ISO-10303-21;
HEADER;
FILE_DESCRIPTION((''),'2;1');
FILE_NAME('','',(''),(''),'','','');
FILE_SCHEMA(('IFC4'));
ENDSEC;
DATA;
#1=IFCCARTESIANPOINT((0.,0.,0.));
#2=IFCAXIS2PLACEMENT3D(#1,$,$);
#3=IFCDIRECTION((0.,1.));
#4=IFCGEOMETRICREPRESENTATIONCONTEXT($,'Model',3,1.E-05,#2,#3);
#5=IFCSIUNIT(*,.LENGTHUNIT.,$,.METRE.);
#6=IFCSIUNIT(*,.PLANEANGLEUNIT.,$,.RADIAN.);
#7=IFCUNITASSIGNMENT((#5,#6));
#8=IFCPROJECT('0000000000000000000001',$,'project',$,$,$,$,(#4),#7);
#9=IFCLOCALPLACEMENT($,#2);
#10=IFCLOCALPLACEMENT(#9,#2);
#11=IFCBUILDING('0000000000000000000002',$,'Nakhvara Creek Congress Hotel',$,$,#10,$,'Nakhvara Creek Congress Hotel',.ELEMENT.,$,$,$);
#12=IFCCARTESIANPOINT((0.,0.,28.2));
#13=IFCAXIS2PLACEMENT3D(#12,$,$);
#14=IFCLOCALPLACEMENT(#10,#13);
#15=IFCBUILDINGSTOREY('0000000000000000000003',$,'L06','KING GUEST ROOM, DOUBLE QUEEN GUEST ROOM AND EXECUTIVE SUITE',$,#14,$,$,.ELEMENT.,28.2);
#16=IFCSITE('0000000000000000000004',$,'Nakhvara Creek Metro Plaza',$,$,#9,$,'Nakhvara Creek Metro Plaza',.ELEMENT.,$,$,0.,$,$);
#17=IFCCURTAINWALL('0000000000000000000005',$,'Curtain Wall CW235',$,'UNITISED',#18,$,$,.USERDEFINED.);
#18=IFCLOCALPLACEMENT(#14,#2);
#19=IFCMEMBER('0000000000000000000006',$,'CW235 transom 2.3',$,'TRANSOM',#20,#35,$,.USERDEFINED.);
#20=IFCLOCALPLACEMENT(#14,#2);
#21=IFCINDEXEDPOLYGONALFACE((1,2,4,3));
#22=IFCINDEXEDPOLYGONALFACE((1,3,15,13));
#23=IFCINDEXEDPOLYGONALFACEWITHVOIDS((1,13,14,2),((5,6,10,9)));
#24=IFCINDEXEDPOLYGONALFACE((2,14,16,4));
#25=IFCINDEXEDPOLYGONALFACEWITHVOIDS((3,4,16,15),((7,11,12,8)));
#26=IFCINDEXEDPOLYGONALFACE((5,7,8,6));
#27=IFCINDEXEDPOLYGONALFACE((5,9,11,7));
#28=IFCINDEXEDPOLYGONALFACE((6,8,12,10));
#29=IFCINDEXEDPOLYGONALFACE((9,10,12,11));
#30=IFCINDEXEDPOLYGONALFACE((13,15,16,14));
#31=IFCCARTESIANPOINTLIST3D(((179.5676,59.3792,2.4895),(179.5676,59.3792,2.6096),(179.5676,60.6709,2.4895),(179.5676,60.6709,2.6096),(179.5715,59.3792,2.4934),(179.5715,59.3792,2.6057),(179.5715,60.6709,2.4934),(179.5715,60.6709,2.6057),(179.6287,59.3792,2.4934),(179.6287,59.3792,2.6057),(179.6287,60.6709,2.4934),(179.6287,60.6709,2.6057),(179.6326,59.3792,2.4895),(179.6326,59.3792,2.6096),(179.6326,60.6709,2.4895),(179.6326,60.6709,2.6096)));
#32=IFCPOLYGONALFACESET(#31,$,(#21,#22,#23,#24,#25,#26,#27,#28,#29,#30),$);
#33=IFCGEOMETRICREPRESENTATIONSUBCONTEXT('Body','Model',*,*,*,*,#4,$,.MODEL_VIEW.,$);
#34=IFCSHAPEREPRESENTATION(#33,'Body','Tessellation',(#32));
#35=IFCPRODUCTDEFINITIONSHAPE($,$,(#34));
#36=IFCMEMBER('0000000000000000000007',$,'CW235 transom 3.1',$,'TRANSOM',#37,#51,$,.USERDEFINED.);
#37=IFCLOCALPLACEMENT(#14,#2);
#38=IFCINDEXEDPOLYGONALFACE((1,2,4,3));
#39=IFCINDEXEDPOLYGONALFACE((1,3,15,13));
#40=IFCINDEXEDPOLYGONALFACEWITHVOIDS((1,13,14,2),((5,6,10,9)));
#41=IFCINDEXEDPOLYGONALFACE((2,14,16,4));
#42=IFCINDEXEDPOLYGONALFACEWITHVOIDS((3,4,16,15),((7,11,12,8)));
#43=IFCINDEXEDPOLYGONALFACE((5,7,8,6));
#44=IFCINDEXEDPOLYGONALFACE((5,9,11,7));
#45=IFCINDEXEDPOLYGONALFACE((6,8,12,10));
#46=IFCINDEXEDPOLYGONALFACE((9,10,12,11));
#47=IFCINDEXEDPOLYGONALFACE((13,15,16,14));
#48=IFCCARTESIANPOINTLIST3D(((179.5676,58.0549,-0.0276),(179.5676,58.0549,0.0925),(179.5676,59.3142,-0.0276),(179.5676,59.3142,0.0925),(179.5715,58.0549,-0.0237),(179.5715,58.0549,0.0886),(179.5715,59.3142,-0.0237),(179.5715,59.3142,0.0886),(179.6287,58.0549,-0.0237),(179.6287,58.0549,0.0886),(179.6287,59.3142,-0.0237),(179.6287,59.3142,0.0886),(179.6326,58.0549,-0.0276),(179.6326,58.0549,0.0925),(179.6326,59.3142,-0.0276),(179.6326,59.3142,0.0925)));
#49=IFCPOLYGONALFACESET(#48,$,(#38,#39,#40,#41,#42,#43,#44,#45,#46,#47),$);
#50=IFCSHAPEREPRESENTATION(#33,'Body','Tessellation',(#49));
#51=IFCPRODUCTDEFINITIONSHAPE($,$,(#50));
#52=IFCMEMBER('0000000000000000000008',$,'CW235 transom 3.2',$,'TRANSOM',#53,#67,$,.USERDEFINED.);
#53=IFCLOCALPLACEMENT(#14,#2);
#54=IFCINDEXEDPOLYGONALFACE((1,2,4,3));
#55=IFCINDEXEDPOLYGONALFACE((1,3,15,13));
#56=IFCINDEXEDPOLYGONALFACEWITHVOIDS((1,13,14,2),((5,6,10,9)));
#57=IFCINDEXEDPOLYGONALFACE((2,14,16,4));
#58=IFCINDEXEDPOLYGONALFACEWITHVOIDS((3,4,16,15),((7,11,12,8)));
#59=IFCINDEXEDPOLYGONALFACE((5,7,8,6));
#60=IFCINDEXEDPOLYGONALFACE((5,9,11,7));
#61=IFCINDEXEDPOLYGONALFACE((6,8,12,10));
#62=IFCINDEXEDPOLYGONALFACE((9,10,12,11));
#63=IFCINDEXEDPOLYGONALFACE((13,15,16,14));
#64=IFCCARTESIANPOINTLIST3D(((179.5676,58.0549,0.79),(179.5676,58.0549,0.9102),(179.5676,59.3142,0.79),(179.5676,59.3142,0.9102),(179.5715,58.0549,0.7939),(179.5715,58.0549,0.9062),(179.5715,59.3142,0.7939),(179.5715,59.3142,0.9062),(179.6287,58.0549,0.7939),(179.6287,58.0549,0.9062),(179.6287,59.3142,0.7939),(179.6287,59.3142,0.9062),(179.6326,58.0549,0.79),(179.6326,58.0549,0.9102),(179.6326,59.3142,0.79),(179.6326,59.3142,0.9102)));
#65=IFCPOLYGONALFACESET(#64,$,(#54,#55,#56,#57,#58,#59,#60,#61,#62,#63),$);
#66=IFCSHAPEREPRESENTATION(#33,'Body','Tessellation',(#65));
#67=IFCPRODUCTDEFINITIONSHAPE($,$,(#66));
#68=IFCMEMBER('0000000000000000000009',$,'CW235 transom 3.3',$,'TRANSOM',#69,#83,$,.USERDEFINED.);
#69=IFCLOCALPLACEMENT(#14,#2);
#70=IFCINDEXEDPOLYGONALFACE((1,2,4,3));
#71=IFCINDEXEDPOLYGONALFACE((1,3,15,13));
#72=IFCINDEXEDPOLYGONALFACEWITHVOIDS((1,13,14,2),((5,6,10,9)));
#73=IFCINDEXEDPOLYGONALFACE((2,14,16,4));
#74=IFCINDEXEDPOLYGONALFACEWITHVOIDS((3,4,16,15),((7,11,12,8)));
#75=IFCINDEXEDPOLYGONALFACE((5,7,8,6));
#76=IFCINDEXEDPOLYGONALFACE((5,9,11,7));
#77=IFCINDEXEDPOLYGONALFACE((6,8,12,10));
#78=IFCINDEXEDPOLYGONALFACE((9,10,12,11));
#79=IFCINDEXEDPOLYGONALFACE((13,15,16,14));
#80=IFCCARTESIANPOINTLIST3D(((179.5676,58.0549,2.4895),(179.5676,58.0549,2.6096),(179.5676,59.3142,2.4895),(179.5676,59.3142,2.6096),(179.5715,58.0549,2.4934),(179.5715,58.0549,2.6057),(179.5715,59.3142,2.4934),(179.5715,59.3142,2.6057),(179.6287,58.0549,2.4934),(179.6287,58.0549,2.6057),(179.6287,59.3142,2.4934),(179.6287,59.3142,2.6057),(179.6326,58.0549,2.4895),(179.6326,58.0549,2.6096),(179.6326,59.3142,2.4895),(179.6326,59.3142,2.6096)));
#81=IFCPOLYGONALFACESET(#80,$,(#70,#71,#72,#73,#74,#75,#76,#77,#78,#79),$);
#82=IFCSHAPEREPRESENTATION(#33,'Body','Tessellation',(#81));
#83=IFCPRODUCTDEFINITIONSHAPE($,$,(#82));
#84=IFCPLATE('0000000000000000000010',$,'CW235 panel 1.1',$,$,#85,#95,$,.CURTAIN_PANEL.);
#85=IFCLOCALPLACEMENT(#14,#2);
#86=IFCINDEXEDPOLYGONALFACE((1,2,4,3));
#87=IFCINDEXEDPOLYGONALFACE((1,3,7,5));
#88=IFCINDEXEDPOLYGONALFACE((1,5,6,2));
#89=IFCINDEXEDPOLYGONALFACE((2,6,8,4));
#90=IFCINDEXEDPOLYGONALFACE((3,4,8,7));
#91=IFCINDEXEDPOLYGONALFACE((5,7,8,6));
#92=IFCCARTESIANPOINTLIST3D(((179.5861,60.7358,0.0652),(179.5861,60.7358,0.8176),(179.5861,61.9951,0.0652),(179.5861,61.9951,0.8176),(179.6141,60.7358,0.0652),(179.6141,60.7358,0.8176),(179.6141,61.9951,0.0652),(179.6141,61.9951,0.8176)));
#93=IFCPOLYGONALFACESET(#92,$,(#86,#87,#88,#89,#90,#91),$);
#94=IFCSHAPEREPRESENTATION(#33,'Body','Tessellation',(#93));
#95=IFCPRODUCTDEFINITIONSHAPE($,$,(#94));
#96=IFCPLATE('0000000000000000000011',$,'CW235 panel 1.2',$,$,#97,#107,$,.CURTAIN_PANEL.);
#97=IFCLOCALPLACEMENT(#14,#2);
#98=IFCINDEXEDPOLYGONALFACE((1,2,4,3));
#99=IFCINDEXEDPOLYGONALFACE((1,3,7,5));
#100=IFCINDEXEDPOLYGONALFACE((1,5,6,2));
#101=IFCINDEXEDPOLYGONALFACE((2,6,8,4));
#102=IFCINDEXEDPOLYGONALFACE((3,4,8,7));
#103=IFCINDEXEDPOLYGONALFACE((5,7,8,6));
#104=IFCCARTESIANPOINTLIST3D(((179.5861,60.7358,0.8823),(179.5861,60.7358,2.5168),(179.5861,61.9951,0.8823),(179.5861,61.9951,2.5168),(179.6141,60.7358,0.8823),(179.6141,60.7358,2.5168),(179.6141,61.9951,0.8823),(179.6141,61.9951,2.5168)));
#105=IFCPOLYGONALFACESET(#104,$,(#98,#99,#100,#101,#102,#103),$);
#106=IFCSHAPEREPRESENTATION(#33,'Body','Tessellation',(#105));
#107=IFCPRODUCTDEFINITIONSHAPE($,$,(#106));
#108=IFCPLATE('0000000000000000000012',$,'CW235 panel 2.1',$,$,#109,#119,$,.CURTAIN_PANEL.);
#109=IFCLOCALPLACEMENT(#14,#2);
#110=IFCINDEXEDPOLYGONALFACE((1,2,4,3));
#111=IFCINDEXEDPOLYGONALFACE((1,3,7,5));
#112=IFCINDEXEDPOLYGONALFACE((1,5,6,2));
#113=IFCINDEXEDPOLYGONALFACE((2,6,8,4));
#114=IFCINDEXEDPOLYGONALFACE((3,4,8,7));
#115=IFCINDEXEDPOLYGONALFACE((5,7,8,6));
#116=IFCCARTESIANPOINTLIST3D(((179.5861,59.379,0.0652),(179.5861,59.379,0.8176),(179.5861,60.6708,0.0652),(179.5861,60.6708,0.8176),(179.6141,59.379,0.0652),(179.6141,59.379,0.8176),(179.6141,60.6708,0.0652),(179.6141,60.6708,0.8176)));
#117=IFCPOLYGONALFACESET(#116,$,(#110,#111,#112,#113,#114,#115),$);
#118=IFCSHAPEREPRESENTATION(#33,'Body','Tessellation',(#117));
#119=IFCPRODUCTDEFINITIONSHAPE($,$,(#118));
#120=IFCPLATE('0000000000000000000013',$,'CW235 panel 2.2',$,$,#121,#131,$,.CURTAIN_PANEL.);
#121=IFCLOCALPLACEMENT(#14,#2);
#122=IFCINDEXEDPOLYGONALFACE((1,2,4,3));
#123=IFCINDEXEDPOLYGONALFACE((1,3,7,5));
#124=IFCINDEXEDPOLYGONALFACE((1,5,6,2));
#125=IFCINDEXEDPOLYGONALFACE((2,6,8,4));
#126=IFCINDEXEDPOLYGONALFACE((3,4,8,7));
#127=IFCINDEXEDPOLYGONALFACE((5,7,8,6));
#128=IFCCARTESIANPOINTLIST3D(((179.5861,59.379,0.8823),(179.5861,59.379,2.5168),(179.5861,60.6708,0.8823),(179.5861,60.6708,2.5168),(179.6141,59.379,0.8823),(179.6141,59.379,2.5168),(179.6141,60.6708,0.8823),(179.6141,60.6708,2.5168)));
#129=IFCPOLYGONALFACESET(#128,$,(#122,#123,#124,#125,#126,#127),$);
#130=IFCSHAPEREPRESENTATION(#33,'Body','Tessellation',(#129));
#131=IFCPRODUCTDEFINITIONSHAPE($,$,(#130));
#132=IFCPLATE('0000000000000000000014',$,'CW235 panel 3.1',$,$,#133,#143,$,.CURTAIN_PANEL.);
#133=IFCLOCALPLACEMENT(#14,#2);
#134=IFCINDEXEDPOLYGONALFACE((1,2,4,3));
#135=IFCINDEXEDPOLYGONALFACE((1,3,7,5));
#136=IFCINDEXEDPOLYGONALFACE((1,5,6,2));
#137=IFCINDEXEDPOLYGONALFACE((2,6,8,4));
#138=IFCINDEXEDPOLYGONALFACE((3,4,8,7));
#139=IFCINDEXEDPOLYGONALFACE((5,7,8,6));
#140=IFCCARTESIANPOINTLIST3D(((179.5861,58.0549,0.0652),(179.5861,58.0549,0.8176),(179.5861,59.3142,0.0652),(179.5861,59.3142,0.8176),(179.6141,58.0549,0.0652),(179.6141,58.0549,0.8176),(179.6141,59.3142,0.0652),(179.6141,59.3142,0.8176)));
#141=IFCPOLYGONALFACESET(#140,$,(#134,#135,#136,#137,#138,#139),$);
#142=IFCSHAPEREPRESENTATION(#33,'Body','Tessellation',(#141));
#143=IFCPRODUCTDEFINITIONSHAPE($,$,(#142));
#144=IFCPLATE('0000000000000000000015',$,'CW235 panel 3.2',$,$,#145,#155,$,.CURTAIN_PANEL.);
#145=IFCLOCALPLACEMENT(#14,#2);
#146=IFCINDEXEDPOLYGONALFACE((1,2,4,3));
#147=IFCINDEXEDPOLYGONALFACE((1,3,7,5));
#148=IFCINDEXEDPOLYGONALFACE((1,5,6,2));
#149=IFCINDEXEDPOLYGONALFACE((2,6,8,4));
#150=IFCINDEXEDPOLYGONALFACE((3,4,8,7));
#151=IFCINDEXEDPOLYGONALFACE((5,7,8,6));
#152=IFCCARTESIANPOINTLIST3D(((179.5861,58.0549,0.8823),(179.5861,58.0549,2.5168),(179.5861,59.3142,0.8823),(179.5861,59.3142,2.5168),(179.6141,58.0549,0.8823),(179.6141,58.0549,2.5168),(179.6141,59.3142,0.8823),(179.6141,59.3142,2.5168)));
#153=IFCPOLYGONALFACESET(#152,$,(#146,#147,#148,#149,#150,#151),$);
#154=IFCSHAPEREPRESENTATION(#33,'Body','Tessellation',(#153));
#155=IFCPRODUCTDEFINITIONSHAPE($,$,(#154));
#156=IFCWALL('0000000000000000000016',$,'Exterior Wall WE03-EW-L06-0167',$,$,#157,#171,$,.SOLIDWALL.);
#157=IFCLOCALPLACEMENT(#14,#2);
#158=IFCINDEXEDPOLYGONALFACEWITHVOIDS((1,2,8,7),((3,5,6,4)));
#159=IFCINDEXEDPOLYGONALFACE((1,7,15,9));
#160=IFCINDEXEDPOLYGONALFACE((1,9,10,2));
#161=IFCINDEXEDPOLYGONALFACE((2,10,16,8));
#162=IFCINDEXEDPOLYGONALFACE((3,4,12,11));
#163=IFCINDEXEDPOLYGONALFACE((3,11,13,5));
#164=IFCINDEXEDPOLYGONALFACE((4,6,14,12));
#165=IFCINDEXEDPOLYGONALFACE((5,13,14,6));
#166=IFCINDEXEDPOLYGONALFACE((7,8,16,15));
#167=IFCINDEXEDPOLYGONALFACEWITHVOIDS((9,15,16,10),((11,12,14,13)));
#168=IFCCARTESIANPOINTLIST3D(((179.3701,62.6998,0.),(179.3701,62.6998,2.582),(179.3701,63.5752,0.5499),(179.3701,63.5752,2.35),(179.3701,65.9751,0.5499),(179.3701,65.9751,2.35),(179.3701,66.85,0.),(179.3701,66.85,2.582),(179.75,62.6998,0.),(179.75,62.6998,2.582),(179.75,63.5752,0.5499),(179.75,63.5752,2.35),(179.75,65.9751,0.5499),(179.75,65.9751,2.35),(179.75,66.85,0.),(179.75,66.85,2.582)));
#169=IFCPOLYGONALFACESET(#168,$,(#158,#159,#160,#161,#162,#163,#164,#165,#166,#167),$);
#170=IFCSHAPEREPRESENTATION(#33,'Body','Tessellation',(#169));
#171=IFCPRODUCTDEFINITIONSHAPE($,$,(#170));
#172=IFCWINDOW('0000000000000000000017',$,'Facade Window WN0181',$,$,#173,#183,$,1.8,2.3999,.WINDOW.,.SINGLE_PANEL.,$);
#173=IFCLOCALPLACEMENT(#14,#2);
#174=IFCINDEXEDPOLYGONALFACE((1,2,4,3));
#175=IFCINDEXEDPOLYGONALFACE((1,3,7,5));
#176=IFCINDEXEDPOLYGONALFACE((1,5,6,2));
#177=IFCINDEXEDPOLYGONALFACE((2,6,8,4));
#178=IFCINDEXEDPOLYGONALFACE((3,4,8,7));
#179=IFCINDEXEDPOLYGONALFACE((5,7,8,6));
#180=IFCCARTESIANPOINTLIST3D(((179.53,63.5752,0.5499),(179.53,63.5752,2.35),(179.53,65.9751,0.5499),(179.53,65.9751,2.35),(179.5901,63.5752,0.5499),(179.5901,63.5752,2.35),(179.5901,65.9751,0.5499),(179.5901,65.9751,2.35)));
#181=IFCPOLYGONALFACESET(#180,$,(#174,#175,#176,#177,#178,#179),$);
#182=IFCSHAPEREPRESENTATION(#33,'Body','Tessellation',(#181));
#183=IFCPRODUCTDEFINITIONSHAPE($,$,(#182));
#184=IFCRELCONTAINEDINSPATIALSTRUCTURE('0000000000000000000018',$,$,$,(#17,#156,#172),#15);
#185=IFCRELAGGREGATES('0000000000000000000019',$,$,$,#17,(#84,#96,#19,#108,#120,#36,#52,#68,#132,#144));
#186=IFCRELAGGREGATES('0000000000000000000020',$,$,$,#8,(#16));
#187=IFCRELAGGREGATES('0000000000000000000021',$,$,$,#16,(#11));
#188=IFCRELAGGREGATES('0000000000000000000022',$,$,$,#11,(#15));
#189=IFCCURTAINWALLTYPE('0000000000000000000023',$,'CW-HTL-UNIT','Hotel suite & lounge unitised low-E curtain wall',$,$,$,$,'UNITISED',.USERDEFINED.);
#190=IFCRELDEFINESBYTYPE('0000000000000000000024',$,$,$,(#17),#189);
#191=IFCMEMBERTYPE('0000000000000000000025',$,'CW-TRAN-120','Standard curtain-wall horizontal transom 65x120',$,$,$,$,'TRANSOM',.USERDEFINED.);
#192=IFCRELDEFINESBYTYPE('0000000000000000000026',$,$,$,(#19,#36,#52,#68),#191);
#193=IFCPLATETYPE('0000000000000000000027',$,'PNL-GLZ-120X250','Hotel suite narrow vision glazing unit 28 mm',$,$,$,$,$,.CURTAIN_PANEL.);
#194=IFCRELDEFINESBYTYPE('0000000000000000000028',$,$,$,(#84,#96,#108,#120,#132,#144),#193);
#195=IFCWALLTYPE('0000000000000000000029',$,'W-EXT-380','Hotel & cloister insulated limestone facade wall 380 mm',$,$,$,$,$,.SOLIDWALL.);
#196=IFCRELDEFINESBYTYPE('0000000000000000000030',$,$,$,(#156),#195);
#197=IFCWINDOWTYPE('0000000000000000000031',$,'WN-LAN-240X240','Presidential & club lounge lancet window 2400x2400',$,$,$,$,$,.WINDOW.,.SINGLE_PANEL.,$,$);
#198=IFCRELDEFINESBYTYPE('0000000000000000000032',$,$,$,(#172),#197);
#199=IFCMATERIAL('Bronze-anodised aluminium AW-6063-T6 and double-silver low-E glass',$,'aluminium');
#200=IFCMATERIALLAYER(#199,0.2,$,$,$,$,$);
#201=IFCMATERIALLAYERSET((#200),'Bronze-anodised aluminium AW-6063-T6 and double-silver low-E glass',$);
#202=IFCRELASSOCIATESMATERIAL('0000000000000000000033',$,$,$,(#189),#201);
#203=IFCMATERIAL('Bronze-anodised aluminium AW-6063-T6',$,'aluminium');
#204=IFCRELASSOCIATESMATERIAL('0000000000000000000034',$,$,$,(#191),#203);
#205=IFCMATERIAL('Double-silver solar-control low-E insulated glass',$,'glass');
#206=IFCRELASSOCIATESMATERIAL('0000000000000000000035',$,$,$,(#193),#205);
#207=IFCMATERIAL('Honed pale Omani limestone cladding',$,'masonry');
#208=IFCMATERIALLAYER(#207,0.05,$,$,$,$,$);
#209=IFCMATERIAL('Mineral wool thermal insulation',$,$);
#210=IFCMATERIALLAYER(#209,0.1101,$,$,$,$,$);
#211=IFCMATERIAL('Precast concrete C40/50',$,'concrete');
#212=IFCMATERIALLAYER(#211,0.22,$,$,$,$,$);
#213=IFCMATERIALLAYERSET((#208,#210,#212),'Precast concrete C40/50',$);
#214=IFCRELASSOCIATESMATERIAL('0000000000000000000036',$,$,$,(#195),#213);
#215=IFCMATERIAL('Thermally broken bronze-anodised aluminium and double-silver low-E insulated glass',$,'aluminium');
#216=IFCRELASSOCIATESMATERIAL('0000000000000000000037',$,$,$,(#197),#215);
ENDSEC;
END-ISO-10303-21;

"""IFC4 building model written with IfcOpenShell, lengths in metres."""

from ifc_helpers import new_model, si_unit, direction, frame, frame_2d, origin, origin_2d, place, context, subcontext, project, spatial, rectangle, hollow_rectangle, extrude, material, layer, layer_set, material_profile, profile_set, type_object, element, fill, aggregate, save


model = new_model("IFC4")

# Units and contexts
model_context = context("Model", 3, precision=1e-05, world=origin(), true_north=direction((0.0, 1.0)))
body_context = subcontext(model_context, "Body", "Model", "MODEL_VIEW")
ifc_project = project(units=[si_unit("LENGTHUNIT", "METRE"), si_unit("PLANEANGLEUNIT", "RADIAN")], contexts=[model_context])

# Site, building, storey
site_placement = place(None, origin())
site = spatial("IfcSite", under=ifc_project, at=site_placement, Name="Nakhvara Creek Metro Plaza", LongName="Nakhvara Creek Metro Plaza", CompositionType="ELEMENT", RefElevation=0.0)
building_placement = place(site_placement, origin())
building = spatial("IfcBuilding", under=site, at=building_placement, Name="Nakhvara Creek Congress Hotel", LongName="Nakhvara Creek Congress Hotel", CompositionType="ELEMENT")
storey_placement = place(building_placement, frame((0.0, 0.0, 28.2)))
storey = spatial("IfcBuildingStorey", under=building, at=storey_placement, Name="L06", Description="KING GUEST ROOM, DOUBLE QUEEN GUEST ROOM AND EXECUTIVE SUITE", CompositionType="ELEMENT", Elevation=28.2)

# Shared definitions
ifc_material_1 = material(Name="Bronze-anodised aluminium AW-6063-T6 and double-silver low-E glass", Category="aluminium")
ifc_layer_1 = layer(ifc_material_1, 0.2)
ifc_layer_set_1 = layer_set([ifc_layer_1], Name="Bronze-anodised aluminium AW-6063-T6 and double-silver low-E glass")
curtain_wall_type = type_object("IfcCurtainWallType", Name="CW-HTL-UNIT", Description="Hotel suite & lounge unitised low-E curtain wall", ElementType="UNITISED", PredefinedType="USERDEFINED", material=ifc_layer_set_1)
ifc_material_2 = material(Name="Bronze-anodised aluminium AW-6063-T6", Category="aluminium")

# Curtain wall
curtain_wall_1_placement = place(storey_placement, origin())
curtain_wall_1 = element("IfcCurtainWall", 1, at=curtain_wall_1_placement, inside=storey, type_object=curtain_wall_type, Name="Curtain Wall CW235", ObjectType="UNITISED", PredefinedType="USERDEFINED")

# Members
ifc_material_profile_1 = material_profile(ifc_material_2, hollow_rectangle(XDim=0.0649, YDim=0.1201, WallThickness=0.0039, at=origin_2d()), Name="ALU-TRAN 65x120x4", Category="LoadBearing")
ifc_profile_set_1 = profile_set([ifc_material_profile_1], Name="Bronze-anodised aluminium AW-6063-T6")
member_type_1 = type_object("IfcMemberType", Name="CW-TRAN-120", Description="Standard curtain-wall horizontal transom 65x120", ElementType="TRANSOM", PredefinedType="USERDEFINED", material=ifc_profile_set_1)
member_1_placement = place(storey_placement, frame((179.6001, 60.6709, 2.5496), z_axis=(0.0, -1.0, 0.0), x_axis=(1.0, 0.0, 0.0)))
member_1 = element("IfcMember", 2, at=member_1_placement, type_object=member_type_1, Name="CW235 transom 2.3", ObjectType="TRANSOM", PredefinedType="USERDEFINED", context=body_context, shape_type="SweptSolid", body=[
    extrude(hollow_rectangle(XDim=0.0649, YDim=0.1201, WallThickness=0.0039, at=origin_2d()), origin(), (0.0, 0.0, 1.0), 1.2917),
])
member_2_placement = place(storey_placement, frame((179.6001, 59.3142, 0.0325), z_axis=(0.0, -1.0, 0.0), x_axis=(1.0, 0.0, 0.0)))
member_2 = element("IfcMember", 3, at=member_2_placement, type_object=member_type_1, Name="CW235 transom 3.1", ObjectType="TRANSOM", PredefinedType="USERDEFINED", context=body_context, shape_type="SweptSolid", body=[
    extrude(hollow_rectangle(XDim=0.0649, YDim=0.1201, WallThickness=0.0039, at=origin_2d()), origin(), (0.0, 0.0, 1.0), 1.2593),
])
member_3_placement = place(storey_placement, frame((179.6001, 59.3142, 0.8501), z_axis=(0.0, -1.0, 0.0), x_axis=(1.0, 0.0, 0.0)))
member_3 = element("IfcMember", 4, at=member_3_placement, type_object=member_type_1, Name="CW235 transom 3.2", ObjectType="TRANSOM", PredefinedType="USERDEFINED", context=body_context, shape_type="SweptSolid", body=[
    extrude(hollow_rectangle(XDim=0.0649, YDim=0.1201, WallThickness=0.0039, at=origin_2d()), origin(), (0.0, 0.0, 1.0), 1.2593),
])
member_4_placement = place(storey_placement, frame((179.6001, 59.3142, 2.5496), z_axis=(0.0, -1.0, 0.0), x_axis=(1.0, 0.0, 0.0)))
member_4 = element("IfcMember", 5, at=member_4_placement, type_object=member_type_1, Name="CW235 transom 3.3", ObjectType="TRANSOM", PredefinedType="USERDEFINED", context=body_context, shape_type="SweptSolid", body=[
    extrude(hollow_rectangle(XDim=0.0649, YDim=0.1201, WallThickness=0.0039, at=origin_2d()), origin(), (0.0, 0.0, 1.0), 1.2593),
])

# Plates
ifc_material_3 = material(Name="Double-silver solar-control low-E insulated glass", Category="glass")
plate_type = type_object("IfcPlateType", Name="PNL-GLZ-120X250", Description="Hotel suite narrow vision glazing unit 28 mm", PredefinedType="CURTAIN_PANEL", material=ifc_material_3)
plate_1_placement = place(storey_placement, frame((179.6001, 61.3655, 0.0652), z_axis=(0.0, 0.0, 1.0), x_axis=(0.0, -1.0, 0.0)))
plate_1 = element("IfcPlate", 6, at=plate_1_placement, type_object=plate_type, Name="CW235 panel 1.1", PredefinedType="CURTAIN_PANEL", context=body_context, shape_type="SweptSolid", body=[
    extrude(rectangle(XDim=1.2593, YDim=0.0281, at=origin_2d()), origin(), (0.0, 0.0, 1.0), 0.7524),
])
plate_2_placement = place(storey_placement, frame((179.6001, 61.3655, 0.8823), z_axis=(0.0, 0.0, 1.0), x_axis=(0.0, -1.0, 0.0)))
plate_2 = element("IfcPlate", 7, at=plate_2_placement, type_object=plate_type, Name="CW235 panel 1.2", PredefinedType="CURTAIN_PANEL", context=body_context, shape_type="SweptSolid", body=[
    extrude(rectangle(XDim=1.2593, YDim=0.0281, at=origin_2d()), origin(), (0.0, 0.0, 1.0), 1.6345),
])
plate_3_placement = place(storey_placement, frame((179.6001, 60.0249, 0.0652), z_axis=(0.0, 0.0, 1.0), x_axis=(0.0, -1.0, 0.0)))
plate_3 = element("IfcPlate", 8, at=plate_3_placement, type_object=plate_type, Name="CW235 panel 2.1", PredefinedType="CURTAIN_PANEL", context=body_context, shape_type="SweptSolid", body=[
    extrude(rectangle(XDim=1.2917, YDim=0.0281, at=origin_2d()), origin(), (0.0, 0.0, 1.0), 0.7524),
])
plate_4_placement = place(storey_placement, frame((179.6001, 60.0249, 0.8823), z_axis=(0.0, 0.0, 1.0), x_axis=(0.0, -1.0, 0.0)))
plate_4 = element("IfcPlate", 9, at=plate_4_placement, type_object=plate_type, Name="CW235 panel 2.2", PredefinedType="CURTAIN_PANEL", context=body_context, shape_type="SweptSolid", body=[
    extrude(rectangle(XDim=1.2917, YDim=0.0281, at=origin_2d()), origin(), (0.0, 0.0, 1.0), 1.6345),
])
plate_5_placement = place(storey_placement, frame((179.6001, 58.6846, 0.0652), z_axis=(0.0, 0.0, 1.0), x_axis=(0.0, -1.0, 0.0)))
plate_5 = element("IfcPlate", 10, at=plate_5_placement, type_object=plate_type, Name="CW235 panel 3.1", PredefinedType="CURTAIN_PANEL", context=body_context, shape_type="SweptSolid", body=[
    extrude(rectangle(XDim=1.2593, YDim=0.0281, at=origin_2d()), origin(), (0.0, 0.0, 1.0), 0.7524),
])
plate_6_placement = place(storey_placement, frame((179.6001, 58.6846, 0.8823), z_axis=(0.0, 0.0, 1.0), x_axis=(0.0, -1.0, 0.0)))
plate_6 = element("IfcPlate", 11, at=plate_6_placement, type_object=plate_type, Name="CW235 panel 3.2", PredefinedType="CURTAIN_PANEL", context=body_context, shape_type="SweptSolid", body=[
    extrude(rectangle(XDim=1.2593, YDim=0.0281, at=origin_2d()), origin(), (0.0, 0.0, 1.0), 1.6345),
])
aggregate(curtain_wall_1, [plate_1, plate_2, member_1, plate_3, plate_4, member_2, member_3, member_4, plate_5, plate_6])

# Wall, opening, window
ifc_material_4 = material(Name="Honed pale Omani limestone cladding", Category="masonry")
ifc_layer_2 = layer(ifc_material_4, 0.05)
ifc_material_5 = material(Name="Mineral wool thermal insulation")
ifc_layer_3 = layer(ifc_material_5, 0.1101)
ifc_material_6 = material(Name="Precast concrete C40/50", Category="concrete")
ifc_layer_4 = layer(ifc_material_6, 0.22)
ifc_layer_set_2 = layer_set([ifc_layer_2, ifc_layer_3, ifc_layer_4], Name="Precast concrete C40/50")
wall_type = type_object("IfcWallType", Name="W-EXT-380", Description="Hotel & cloister insulated limestone facade wall 380 mm", PredefinedType="SOLIDWALL", material=ifc_layer_set_2)
wall_placement = place(storey_placement, frame((179.5601, 66.8501, 0.0), z_axis=(0.0, 0.0, 1.0), x_axis=(0.0, -1.0, 0.0)))
wall = element("IfcWall", 12, at=wall_placement, inside=storey, type_object=wall_type, Name="Exterior Wall WE03-EW-L06-0167", PredefinedType="SOLIDWALL", context=body_context, shape_type="SweptSolid", body=[
    extrude(rectangle(XDim=4.1501, YDim=0.3799, at=frame_2d((2.0752, 0.0))), origin(), (0.0, 0.0, 1.0), 2.582),
])
opening_placement = place(wall_placement, frame((0.875, 0.0, 0.55)))
opening = element("IfcOpeningElement", 13, at=opening_placement, cuts=wall, PredefinedType="OPENING", context=body_context, shape_type="SweptSolid", body=[
    extrude(rectangle(XDim=2.3999, YDim=1.8, at=frame_2d((1.2, 0.8999))), frame((0.0, 0.2019, 0.0), z_axis=(0.0, -1.0, 0.0), x_axis=(1.0, 0.0, 0.0)), (0.0, 0.0, 1.0), 0.4038),
])
ifc_material_7 = material(Name="Thermally broken bronze-anodised aluminium and double-silver low-E insulated glass", Category="aluminium")
window_type = type_object("IfcWindowType", Name="WN-LAN-240X240", Description="Presidential & club lounge lancet window 2400x2400", PartitioningType="SINGLE_PANEL", PredefinedType="WINDOW", material=ifc_material_7)
window_placement = place(opening_placement, origin())
window = element("IfcWindow", 14, at=window_placement, inside=storey, type_object=window_type, Name="Facade Window WN0181", OverallHeight=1.8, OverallWidth=2.3999, PartitioningType="SINGLE_PANEL", PredefinedType="WINDOW", context=body_context, shape_type="SweptSolid", body=[
    extrude(rectangle(XDim=2.3999, YDim=1.8, at=frame_2d((1.2, 0.8999))), frame((0.0, 0.03, 0.0), z_axis=(0.0, -1.0, 0.0), x_axis=(1.0, 0.0, 0.0)), (0.0, 0.0, 1.0), 0.0601),
])
fill(opening, window)

save(model, "model.ifc")
